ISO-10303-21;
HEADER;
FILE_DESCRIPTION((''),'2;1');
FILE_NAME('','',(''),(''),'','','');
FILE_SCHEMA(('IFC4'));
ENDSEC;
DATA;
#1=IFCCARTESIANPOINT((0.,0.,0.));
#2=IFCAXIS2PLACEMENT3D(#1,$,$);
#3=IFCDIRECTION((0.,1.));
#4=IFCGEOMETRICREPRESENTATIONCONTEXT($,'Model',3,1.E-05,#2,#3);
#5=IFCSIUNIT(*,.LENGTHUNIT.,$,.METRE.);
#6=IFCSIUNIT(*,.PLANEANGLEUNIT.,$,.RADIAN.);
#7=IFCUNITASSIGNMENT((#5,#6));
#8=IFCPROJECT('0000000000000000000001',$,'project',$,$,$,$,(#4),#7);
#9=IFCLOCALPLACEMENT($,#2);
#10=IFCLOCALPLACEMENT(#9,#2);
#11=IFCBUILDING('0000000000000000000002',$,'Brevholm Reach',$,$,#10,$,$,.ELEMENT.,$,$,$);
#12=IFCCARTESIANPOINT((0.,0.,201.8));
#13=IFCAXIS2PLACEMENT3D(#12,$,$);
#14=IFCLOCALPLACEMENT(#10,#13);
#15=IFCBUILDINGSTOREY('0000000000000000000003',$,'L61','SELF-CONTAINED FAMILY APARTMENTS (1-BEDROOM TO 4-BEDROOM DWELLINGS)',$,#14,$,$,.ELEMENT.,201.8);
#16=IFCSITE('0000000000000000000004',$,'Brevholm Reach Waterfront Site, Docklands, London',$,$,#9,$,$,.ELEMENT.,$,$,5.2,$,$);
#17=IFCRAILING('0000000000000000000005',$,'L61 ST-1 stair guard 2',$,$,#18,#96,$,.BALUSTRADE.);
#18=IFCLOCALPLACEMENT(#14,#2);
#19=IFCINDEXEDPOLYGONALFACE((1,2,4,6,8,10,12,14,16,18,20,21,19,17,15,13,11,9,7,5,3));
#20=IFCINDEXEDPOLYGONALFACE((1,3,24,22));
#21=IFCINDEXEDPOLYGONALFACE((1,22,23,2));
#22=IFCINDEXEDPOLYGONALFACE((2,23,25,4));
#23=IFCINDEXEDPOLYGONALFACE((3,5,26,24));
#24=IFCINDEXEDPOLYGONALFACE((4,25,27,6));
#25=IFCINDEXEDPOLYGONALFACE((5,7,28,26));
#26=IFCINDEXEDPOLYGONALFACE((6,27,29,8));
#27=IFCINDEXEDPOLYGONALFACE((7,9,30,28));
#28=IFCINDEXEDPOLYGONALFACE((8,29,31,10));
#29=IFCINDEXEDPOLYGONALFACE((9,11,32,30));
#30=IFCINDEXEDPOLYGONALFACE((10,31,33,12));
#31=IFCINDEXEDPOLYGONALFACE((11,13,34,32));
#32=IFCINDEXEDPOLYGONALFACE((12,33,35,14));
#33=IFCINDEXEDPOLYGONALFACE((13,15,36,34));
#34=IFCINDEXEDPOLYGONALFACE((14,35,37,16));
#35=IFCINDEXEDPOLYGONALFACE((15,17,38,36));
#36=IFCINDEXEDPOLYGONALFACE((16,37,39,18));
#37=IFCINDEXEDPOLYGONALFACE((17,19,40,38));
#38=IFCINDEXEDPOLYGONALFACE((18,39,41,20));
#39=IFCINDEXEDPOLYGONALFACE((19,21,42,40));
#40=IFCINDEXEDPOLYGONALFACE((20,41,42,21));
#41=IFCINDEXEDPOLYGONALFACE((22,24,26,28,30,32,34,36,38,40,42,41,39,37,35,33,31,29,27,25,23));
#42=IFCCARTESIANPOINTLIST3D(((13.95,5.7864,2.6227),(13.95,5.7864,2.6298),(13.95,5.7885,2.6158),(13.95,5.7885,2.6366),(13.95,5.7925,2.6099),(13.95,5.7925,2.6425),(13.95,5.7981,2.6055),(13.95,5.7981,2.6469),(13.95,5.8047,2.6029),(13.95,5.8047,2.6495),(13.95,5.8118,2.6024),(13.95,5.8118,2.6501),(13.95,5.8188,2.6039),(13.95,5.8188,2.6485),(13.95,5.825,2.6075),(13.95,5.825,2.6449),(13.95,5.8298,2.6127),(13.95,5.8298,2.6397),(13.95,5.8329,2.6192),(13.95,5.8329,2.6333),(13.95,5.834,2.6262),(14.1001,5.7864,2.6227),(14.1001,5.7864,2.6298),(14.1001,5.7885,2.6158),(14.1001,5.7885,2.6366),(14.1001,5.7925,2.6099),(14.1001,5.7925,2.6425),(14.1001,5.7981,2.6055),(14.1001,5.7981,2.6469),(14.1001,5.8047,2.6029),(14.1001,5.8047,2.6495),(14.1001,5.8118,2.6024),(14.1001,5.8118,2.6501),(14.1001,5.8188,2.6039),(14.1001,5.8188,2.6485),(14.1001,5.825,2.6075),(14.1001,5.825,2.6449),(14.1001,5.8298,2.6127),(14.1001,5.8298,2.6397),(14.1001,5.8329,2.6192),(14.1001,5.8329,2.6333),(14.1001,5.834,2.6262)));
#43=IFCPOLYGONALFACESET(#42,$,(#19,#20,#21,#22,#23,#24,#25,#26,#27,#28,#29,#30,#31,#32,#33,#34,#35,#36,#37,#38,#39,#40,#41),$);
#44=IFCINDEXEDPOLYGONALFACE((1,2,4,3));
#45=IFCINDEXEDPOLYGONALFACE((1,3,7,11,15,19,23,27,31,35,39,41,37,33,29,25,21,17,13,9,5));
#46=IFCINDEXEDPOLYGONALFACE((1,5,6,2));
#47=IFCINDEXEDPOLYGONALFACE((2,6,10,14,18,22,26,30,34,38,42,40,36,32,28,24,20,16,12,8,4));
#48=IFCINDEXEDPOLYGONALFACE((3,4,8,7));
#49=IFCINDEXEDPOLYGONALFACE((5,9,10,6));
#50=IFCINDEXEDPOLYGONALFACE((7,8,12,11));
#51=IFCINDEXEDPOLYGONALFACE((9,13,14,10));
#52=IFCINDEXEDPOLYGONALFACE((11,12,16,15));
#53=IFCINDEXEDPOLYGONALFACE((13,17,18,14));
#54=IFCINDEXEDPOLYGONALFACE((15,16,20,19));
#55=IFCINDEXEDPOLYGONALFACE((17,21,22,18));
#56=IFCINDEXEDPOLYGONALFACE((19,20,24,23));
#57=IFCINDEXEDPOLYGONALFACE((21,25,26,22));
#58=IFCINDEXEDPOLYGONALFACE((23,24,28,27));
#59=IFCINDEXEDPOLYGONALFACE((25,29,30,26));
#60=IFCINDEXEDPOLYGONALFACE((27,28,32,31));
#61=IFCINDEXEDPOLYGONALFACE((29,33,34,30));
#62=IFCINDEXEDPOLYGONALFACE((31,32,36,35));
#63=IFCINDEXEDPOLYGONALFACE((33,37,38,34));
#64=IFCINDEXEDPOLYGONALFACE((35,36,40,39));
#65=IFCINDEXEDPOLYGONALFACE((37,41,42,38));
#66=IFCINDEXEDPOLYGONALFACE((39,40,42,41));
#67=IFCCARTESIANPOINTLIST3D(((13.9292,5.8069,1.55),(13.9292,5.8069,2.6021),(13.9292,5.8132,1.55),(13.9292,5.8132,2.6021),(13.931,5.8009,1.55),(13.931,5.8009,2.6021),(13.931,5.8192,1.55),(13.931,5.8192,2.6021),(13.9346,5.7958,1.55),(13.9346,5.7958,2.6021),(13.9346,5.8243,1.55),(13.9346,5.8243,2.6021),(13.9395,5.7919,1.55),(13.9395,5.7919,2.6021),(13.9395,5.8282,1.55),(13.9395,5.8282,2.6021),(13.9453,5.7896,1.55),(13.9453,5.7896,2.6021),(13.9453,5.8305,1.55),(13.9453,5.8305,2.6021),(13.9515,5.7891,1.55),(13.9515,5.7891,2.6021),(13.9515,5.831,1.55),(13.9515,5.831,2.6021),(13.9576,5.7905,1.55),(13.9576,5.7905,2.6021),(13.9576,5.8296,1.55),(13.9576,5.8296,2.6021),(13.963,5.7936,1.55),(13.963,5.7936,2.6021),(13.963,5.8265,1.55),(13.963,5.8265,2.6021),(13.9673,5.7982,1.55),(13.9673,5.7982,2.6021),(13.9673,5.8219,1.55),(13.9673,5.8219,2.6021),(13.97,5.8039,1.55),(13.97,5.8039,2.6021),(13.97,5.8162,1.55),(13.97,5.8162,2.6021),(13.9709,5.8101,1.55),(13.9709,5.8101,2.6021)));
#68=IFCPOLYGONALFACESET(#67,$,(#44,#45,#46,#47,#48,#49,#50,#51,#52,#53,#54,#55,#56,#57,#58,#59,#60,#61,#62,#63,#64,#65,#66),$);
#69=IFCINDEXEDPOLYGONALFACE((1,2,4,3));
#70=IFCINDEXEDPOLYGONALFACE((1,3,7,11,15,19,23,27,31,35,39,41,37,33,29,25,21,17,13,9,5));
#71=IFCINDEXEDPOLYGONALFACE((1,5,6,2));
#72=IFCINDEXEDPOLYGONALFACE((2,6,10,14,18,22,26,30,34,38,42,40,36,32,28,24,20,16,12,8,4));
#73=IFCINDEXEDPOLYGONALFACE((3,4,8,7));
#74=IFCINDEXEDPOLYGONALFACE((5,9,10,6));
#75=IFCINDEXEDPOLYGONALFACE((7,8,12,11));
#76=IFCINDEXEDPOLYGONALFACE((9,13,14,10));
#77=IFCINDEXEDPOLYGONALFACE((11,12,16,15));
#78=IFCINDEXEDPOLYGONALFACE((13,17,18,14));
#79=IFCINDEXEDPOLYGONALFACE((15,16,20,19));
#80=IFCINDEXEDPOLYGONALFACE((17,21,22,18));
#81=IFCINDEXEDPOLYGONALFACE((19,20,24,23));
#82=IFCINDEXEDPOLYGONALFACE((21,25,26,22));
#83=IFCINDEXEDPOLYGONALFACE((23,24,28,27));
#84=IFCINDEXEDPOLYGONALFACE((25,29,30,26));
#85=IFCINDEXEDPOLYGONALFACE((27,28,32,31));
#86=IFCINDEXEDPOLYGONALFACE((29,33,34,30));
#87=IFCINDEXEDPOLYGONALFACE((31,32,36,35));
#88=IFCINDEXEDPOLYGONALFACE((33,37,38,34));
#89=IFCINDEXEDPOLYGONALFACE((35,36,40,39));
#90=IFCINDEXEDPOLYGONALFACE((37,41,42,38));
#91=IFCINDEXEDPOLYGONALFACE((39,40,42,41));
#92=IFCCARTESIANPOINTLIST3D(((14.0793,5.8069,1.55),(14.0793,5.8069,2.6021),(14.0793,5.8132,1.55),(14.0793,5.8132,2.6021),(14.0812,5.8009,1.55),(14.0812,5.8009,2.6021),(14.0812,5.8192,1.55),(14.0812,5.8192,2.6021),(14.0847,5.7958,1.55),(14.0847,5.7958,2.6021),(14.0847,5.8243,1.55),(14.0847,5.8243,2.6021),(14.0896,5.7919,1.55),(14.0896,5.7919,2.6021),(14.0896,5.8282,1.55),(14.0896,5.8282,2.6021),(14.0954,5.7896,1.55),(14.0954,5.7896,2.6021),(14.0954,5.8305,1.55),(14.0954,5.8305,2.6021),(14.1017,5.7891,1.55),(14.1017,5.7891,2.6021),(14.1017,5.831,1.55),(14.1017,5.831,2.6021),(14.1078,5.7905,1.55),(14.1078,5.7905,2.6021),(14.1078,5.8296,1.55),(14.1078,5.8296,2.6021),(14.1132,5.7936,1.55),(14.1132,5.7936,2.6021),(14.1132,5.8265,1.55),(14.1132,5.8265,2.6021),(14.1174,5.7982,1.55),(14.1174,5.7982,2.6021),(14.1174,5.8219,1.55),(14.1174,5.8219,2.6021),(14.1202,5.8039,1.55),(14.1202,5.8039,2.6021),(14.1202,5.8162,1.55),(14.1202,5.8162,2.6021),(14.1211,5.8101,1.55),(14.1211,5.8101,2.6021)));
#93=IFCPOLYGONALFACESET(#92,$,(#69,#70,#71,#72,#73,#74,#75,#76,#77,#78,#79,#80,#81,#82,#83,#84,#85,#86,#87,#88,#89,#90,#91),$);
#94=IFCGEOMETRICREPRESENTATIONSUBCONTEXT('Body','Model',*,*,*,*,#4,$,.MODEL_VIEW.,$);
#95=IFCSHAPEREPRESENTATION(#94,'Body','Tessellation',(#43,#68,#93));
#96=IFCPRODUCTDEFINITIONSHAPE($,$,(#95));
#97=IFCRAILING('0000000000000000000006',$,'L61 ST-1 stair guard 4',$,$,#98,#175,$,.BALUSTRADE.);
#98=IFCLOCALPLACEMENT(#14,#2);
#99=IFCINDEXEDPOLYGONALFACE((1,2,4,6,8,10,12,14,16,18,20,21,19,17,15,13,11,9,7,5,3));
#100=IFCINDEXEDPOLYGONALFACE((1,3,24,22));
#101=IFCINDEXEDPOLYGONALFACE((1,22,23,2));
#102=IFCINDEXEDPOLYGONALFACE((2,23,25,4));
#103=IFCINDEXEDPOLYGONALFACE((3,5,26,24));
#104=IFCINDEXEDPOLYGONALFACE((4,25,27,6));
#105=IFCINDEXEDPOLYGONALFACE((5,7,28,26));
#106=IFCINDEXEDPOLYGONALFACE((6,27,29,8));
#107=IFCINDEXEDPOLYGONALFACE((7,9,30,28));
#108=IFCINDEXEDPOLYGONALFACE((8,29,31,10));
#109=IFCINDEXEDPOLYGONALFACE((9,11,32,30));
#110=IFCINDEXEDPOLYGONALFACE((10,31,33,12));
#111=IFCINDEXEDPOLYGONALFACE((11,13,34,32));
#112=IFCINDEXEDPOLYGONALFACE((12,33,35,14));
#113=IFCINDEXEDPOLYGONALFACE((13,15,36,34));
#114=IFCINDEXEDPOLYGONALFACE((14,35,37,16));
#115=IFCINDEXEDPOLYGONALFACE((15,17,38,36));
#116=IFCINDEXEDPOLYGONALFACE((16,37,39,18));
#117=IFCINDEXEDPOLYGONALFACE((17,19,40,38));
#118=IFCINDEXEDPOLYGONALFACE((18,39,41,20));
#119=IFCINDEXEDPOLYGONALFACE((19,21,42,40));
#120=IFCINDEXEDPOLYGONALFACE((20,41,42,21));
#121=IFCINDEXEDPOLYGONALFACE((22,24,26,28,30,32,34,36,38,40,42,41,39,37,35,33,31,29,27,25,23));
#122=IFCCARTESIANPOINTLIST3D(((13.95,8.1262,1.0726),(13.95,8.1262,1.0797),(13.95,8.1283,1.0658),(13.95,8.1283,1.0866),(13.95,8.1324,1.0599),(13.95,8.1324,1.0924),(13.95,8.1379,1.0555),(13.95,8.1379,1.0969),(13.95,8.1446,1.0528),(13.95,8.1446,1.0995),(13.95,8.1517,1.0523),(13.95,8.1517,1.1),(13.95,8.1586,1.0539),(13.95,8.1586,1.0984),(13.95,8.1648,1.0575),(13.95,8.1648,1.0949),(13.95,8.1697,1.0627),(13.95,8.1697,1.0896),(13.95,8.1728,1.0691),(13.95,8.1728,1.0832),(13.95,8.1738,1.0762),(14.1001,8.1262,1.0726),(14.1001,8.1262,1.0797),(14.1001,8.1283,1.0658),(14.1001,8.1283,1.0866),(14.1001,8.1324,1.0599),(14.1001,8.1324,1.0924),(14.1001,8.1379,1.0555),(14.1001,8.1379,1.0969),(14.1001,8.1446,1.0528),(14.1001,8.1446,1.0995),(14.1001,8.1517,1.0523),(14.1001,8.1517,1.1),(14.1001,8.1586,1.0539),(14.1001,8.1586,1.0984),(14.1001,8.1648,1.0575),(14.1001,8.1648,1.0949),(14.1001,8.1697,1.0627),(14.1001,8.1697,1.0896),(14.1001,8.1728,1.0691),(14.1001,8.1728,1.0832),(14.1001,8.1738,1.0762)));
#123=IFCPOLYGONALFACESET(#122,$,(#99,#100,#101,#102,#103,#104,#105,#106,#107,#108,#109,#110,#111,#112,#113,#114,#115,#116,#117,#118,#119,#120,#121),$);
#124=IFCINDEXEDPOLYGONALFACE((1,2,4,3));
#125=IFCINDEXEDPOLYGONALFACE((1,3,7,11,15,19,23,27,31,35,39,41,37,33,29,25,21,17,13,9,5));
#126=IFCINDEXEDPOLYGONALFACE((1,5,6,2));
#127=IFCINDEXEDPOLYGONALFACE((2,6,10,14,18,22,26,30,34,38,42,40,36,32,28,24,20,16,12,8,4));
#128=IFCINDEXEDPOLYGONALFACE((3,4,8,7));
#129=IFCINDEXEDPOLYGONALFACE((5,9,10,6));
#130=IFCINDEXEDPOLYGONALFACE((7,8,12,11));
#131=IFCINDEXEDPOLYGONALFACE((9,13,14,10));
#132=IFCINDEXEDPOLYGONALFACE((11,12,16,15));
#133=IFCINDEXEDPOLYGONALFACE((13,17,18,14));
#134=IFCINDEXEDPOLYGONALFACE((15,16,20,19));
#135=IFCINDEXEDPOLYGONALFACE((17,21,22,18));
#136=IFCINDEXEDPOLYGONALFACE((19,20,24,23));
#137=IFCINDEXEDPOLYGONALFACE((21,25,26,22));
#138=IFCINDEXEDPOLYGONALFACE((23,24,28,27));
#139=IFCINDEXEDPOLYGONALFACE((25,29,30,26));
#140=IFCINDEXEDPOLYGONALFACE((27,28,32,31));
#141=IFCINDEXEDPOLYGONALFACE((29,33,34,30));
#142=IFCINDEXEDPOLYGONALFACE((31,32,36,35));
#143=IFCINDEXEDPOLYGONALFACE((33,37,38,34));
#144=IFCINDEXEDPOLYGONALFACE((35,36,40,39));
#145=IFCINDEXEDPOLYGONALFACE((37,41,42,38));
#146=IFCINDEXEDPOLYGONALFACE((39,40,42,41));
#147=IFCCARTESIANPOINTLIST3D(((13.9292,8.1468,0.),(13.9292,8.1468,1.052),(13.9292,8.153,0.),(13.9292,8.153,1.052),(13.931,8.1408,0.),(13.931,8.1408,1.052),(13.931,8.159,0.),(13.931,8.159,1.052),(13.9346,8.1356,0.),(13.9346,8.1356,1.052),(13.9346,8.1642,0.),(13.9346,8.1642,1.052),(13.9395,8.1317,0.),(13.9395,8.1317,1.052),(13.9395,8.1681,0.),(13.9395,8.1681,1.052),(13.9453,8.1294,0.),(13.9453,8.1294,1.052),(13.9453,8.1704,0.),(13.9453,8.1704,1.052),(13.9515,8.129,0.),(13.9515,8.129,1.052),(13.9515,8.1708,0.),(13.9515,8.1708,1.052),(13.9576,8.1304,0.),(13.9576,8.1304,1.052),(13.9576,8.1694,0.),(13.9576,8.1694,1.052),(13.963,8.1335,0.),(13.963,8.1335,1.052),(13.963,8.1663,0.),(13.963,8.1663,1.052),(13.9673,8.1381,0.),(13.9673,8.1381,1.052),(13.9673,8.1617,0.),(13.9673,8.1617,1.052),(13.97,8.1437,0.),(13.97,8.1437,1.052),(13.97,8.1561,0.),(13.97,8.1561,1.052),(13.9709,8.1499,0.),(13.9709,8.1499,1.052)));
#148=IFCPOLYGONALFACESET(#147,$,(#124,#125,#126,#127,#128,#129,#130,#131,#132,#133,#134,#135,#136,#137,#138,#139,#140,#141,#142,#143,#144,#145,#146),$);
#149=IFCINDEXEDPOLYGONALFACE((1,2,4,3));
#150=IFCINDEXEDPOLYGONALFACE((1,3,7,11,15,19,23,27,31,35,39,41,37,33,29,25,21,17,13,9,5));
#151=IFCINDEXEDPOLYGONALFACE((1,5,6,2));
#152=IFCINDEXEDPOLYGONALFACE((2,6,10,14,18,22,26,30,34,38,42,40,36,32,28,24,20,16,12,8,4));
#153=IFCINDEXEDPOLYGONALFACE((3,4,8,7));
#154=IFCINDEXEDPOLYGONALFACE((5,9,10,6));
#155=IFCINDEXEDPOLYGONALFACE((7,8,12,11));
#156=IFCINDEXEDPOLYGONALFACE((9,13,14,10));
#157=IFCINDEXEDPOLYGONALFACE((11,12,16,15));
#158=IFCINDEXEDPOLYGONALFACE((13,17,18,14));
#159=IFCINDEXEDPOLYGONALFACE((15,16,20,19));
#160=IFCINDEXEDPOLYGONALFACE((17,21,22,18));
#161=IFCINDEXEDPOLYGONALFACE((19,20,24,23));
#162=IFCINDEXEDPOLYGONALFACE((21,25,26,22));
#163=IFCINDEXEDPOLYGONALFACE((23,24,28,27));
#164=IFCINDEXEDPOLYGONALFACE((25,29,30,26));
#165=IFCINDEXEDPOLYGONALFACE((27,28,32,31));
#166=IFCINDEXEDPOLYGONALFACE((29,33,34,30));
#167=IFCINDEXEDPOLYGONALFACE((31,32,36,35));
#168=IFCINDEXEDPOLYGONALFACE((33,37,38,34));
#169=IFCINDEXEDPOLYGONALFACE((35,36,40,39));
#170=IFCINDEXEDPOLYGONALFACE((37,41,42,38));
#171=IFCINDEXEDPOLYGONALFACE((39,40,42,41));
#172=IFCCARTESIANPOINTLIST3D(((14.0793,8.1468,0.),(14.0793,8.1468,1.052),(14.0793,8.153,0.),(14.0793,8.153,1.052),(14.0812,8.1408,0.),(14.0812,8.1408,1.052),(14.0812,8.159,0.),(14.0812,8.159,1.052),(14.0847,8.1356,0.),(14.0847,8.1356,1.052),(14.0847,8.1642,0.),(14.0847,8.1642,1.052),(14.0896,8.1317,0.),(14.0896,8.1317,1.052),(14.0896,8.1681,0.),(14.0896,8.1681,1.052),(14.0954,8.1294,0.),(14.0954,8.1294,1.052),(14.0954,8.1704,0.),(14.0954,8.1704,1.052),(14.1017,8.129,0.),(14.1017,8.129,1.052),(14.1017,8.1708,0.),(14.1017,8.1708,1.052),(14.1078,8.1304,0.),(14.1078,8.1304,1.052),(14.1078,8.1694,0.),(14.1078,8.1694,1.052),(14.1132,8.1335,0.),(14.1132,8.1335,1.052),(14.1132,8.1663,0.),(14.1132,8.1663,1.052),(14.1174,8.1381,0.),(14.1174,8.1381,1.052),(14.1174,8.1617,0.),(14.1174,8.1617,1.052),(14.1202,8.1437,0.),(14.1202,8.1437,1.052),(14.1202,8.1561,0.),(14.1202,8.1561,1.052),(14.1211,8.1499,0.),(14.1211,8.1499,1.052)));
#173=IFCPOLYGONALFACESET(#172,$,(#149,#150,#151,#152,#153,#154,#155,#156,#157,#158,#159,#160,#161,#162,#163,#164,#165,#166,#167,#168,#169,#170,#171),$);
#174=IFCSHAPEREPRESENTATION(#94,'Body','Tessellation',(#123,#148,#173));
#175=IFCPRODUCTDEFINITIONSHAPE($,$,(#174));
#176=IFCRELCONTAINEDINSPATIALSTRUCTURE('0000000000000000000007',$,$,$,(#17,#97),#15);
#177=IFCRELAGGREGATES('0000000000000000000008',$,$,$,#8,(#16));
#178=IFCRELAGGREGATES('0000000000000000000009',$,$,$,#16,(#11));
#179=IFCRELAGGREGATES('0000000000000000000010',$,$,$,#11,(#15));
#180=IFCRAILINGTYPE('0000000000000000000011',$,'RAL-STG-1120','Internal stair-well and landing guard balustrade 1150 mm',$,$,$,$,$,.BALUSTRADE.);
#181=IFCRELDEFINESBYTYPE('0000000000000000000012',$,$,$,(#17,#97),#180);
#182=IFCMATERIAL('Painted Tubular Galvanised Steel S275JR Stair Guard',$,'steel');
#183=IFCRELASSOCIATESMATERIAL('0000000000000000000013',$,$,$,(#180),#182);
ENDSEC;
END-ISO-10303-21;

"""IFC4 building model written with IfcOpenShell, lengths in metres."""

from ifc_helpers import new_model, si_unit, direction, frame, origin, origin_2d, place, context, subcontext, project, spatial, circle, extrude, material, type_object, element, save


model = new_model("IFC4")

# Units and contexts
model_context = context("Model", 3, precision=1e-05, world=origin(), true_north=direction((0.0, 1.0)))
body_context = subcontext(model_context, "Body", "Model", "MODEL_VIEW")
ifc_project = project(units=[si_unit("LENGTHUNIT", "METRE"), si_unit("PLANEANGLEUNIT", "RADIAN")], contexts=[model_context])

# Site, building, storey
site_placement = place(None, origin())
site = spatial("IfcSite", under=ifc_project, at=site_placement, Name="Brevholm Reach Waterfront Site, Docklands, London", CompositionType="ELEMENT", RefElevation=5.2)
building_placement = place(site_placement, origin())
building = spatial("IfcBuilding", under=site, at=building_placement, Name="Brevholm Reach", CompositionType="ELEMENT")
storey_placement = place(building_placement, frame((0.0, 0.0, 201.8)))
storey = spatial("IfcBuildingStorey", under=building, at=storey_placement, Name="L61", Description="SELF-CONTAINED FAMILY APARTMENTS (1-BEDROOM TO 4-BEDROOM DWELLINGS)", CompositionType="ELEMENT", Elevation=201.8)

# Railings
ifc_material_1 = material(Name="Painted Tubular Galvanised Steel S275JR Stair Guard", Category="steel")
railing_type_1 = type_object("IfcRailingType", Name="RAL-STG-1120", Description="Internal stair-well and landing guard balustrade 1150 mm", PredefinedType="BALUSTRADE", material=ifc_material_1)
for number, where, name in (
    (1, (13.95, 5.8101, 1.55), "L61 ST-1 stair guard 2"),
    (2, (13.95, 8.1499, 0.0), "L61 ST-1 stair guard 4"),
):
    element("IfcRailing", number, at=place(storey_placement, frame(where)), inside=storey, type_object=railing_type_1, Name=name, PredefinedType="BALUSTRADE", context=body_context, shape_type="SweptSolid", body=[
        extrude(circle(Radius=0.0239, at=origin_2d()), frame((0.0, 0.0, 1.0762), z_axis=(1.0, 0.0, 0.0), x_axis=(0.0, 1.0, 0.0)), (0.0, 0.0, 1.0), 0.1501),
        extrude(circle(Radius=0.021, at=origin_2d()), origin(), (0.0, 0.0, 1.0), 1.052),
        extrude(circle(Radius=0.021, at=origin_2d()), frame((0.1501, 0.0, 0.0)), (0.0, 0.0, 1.0), 1.052),
    ])

save(model, "model.ifc")
